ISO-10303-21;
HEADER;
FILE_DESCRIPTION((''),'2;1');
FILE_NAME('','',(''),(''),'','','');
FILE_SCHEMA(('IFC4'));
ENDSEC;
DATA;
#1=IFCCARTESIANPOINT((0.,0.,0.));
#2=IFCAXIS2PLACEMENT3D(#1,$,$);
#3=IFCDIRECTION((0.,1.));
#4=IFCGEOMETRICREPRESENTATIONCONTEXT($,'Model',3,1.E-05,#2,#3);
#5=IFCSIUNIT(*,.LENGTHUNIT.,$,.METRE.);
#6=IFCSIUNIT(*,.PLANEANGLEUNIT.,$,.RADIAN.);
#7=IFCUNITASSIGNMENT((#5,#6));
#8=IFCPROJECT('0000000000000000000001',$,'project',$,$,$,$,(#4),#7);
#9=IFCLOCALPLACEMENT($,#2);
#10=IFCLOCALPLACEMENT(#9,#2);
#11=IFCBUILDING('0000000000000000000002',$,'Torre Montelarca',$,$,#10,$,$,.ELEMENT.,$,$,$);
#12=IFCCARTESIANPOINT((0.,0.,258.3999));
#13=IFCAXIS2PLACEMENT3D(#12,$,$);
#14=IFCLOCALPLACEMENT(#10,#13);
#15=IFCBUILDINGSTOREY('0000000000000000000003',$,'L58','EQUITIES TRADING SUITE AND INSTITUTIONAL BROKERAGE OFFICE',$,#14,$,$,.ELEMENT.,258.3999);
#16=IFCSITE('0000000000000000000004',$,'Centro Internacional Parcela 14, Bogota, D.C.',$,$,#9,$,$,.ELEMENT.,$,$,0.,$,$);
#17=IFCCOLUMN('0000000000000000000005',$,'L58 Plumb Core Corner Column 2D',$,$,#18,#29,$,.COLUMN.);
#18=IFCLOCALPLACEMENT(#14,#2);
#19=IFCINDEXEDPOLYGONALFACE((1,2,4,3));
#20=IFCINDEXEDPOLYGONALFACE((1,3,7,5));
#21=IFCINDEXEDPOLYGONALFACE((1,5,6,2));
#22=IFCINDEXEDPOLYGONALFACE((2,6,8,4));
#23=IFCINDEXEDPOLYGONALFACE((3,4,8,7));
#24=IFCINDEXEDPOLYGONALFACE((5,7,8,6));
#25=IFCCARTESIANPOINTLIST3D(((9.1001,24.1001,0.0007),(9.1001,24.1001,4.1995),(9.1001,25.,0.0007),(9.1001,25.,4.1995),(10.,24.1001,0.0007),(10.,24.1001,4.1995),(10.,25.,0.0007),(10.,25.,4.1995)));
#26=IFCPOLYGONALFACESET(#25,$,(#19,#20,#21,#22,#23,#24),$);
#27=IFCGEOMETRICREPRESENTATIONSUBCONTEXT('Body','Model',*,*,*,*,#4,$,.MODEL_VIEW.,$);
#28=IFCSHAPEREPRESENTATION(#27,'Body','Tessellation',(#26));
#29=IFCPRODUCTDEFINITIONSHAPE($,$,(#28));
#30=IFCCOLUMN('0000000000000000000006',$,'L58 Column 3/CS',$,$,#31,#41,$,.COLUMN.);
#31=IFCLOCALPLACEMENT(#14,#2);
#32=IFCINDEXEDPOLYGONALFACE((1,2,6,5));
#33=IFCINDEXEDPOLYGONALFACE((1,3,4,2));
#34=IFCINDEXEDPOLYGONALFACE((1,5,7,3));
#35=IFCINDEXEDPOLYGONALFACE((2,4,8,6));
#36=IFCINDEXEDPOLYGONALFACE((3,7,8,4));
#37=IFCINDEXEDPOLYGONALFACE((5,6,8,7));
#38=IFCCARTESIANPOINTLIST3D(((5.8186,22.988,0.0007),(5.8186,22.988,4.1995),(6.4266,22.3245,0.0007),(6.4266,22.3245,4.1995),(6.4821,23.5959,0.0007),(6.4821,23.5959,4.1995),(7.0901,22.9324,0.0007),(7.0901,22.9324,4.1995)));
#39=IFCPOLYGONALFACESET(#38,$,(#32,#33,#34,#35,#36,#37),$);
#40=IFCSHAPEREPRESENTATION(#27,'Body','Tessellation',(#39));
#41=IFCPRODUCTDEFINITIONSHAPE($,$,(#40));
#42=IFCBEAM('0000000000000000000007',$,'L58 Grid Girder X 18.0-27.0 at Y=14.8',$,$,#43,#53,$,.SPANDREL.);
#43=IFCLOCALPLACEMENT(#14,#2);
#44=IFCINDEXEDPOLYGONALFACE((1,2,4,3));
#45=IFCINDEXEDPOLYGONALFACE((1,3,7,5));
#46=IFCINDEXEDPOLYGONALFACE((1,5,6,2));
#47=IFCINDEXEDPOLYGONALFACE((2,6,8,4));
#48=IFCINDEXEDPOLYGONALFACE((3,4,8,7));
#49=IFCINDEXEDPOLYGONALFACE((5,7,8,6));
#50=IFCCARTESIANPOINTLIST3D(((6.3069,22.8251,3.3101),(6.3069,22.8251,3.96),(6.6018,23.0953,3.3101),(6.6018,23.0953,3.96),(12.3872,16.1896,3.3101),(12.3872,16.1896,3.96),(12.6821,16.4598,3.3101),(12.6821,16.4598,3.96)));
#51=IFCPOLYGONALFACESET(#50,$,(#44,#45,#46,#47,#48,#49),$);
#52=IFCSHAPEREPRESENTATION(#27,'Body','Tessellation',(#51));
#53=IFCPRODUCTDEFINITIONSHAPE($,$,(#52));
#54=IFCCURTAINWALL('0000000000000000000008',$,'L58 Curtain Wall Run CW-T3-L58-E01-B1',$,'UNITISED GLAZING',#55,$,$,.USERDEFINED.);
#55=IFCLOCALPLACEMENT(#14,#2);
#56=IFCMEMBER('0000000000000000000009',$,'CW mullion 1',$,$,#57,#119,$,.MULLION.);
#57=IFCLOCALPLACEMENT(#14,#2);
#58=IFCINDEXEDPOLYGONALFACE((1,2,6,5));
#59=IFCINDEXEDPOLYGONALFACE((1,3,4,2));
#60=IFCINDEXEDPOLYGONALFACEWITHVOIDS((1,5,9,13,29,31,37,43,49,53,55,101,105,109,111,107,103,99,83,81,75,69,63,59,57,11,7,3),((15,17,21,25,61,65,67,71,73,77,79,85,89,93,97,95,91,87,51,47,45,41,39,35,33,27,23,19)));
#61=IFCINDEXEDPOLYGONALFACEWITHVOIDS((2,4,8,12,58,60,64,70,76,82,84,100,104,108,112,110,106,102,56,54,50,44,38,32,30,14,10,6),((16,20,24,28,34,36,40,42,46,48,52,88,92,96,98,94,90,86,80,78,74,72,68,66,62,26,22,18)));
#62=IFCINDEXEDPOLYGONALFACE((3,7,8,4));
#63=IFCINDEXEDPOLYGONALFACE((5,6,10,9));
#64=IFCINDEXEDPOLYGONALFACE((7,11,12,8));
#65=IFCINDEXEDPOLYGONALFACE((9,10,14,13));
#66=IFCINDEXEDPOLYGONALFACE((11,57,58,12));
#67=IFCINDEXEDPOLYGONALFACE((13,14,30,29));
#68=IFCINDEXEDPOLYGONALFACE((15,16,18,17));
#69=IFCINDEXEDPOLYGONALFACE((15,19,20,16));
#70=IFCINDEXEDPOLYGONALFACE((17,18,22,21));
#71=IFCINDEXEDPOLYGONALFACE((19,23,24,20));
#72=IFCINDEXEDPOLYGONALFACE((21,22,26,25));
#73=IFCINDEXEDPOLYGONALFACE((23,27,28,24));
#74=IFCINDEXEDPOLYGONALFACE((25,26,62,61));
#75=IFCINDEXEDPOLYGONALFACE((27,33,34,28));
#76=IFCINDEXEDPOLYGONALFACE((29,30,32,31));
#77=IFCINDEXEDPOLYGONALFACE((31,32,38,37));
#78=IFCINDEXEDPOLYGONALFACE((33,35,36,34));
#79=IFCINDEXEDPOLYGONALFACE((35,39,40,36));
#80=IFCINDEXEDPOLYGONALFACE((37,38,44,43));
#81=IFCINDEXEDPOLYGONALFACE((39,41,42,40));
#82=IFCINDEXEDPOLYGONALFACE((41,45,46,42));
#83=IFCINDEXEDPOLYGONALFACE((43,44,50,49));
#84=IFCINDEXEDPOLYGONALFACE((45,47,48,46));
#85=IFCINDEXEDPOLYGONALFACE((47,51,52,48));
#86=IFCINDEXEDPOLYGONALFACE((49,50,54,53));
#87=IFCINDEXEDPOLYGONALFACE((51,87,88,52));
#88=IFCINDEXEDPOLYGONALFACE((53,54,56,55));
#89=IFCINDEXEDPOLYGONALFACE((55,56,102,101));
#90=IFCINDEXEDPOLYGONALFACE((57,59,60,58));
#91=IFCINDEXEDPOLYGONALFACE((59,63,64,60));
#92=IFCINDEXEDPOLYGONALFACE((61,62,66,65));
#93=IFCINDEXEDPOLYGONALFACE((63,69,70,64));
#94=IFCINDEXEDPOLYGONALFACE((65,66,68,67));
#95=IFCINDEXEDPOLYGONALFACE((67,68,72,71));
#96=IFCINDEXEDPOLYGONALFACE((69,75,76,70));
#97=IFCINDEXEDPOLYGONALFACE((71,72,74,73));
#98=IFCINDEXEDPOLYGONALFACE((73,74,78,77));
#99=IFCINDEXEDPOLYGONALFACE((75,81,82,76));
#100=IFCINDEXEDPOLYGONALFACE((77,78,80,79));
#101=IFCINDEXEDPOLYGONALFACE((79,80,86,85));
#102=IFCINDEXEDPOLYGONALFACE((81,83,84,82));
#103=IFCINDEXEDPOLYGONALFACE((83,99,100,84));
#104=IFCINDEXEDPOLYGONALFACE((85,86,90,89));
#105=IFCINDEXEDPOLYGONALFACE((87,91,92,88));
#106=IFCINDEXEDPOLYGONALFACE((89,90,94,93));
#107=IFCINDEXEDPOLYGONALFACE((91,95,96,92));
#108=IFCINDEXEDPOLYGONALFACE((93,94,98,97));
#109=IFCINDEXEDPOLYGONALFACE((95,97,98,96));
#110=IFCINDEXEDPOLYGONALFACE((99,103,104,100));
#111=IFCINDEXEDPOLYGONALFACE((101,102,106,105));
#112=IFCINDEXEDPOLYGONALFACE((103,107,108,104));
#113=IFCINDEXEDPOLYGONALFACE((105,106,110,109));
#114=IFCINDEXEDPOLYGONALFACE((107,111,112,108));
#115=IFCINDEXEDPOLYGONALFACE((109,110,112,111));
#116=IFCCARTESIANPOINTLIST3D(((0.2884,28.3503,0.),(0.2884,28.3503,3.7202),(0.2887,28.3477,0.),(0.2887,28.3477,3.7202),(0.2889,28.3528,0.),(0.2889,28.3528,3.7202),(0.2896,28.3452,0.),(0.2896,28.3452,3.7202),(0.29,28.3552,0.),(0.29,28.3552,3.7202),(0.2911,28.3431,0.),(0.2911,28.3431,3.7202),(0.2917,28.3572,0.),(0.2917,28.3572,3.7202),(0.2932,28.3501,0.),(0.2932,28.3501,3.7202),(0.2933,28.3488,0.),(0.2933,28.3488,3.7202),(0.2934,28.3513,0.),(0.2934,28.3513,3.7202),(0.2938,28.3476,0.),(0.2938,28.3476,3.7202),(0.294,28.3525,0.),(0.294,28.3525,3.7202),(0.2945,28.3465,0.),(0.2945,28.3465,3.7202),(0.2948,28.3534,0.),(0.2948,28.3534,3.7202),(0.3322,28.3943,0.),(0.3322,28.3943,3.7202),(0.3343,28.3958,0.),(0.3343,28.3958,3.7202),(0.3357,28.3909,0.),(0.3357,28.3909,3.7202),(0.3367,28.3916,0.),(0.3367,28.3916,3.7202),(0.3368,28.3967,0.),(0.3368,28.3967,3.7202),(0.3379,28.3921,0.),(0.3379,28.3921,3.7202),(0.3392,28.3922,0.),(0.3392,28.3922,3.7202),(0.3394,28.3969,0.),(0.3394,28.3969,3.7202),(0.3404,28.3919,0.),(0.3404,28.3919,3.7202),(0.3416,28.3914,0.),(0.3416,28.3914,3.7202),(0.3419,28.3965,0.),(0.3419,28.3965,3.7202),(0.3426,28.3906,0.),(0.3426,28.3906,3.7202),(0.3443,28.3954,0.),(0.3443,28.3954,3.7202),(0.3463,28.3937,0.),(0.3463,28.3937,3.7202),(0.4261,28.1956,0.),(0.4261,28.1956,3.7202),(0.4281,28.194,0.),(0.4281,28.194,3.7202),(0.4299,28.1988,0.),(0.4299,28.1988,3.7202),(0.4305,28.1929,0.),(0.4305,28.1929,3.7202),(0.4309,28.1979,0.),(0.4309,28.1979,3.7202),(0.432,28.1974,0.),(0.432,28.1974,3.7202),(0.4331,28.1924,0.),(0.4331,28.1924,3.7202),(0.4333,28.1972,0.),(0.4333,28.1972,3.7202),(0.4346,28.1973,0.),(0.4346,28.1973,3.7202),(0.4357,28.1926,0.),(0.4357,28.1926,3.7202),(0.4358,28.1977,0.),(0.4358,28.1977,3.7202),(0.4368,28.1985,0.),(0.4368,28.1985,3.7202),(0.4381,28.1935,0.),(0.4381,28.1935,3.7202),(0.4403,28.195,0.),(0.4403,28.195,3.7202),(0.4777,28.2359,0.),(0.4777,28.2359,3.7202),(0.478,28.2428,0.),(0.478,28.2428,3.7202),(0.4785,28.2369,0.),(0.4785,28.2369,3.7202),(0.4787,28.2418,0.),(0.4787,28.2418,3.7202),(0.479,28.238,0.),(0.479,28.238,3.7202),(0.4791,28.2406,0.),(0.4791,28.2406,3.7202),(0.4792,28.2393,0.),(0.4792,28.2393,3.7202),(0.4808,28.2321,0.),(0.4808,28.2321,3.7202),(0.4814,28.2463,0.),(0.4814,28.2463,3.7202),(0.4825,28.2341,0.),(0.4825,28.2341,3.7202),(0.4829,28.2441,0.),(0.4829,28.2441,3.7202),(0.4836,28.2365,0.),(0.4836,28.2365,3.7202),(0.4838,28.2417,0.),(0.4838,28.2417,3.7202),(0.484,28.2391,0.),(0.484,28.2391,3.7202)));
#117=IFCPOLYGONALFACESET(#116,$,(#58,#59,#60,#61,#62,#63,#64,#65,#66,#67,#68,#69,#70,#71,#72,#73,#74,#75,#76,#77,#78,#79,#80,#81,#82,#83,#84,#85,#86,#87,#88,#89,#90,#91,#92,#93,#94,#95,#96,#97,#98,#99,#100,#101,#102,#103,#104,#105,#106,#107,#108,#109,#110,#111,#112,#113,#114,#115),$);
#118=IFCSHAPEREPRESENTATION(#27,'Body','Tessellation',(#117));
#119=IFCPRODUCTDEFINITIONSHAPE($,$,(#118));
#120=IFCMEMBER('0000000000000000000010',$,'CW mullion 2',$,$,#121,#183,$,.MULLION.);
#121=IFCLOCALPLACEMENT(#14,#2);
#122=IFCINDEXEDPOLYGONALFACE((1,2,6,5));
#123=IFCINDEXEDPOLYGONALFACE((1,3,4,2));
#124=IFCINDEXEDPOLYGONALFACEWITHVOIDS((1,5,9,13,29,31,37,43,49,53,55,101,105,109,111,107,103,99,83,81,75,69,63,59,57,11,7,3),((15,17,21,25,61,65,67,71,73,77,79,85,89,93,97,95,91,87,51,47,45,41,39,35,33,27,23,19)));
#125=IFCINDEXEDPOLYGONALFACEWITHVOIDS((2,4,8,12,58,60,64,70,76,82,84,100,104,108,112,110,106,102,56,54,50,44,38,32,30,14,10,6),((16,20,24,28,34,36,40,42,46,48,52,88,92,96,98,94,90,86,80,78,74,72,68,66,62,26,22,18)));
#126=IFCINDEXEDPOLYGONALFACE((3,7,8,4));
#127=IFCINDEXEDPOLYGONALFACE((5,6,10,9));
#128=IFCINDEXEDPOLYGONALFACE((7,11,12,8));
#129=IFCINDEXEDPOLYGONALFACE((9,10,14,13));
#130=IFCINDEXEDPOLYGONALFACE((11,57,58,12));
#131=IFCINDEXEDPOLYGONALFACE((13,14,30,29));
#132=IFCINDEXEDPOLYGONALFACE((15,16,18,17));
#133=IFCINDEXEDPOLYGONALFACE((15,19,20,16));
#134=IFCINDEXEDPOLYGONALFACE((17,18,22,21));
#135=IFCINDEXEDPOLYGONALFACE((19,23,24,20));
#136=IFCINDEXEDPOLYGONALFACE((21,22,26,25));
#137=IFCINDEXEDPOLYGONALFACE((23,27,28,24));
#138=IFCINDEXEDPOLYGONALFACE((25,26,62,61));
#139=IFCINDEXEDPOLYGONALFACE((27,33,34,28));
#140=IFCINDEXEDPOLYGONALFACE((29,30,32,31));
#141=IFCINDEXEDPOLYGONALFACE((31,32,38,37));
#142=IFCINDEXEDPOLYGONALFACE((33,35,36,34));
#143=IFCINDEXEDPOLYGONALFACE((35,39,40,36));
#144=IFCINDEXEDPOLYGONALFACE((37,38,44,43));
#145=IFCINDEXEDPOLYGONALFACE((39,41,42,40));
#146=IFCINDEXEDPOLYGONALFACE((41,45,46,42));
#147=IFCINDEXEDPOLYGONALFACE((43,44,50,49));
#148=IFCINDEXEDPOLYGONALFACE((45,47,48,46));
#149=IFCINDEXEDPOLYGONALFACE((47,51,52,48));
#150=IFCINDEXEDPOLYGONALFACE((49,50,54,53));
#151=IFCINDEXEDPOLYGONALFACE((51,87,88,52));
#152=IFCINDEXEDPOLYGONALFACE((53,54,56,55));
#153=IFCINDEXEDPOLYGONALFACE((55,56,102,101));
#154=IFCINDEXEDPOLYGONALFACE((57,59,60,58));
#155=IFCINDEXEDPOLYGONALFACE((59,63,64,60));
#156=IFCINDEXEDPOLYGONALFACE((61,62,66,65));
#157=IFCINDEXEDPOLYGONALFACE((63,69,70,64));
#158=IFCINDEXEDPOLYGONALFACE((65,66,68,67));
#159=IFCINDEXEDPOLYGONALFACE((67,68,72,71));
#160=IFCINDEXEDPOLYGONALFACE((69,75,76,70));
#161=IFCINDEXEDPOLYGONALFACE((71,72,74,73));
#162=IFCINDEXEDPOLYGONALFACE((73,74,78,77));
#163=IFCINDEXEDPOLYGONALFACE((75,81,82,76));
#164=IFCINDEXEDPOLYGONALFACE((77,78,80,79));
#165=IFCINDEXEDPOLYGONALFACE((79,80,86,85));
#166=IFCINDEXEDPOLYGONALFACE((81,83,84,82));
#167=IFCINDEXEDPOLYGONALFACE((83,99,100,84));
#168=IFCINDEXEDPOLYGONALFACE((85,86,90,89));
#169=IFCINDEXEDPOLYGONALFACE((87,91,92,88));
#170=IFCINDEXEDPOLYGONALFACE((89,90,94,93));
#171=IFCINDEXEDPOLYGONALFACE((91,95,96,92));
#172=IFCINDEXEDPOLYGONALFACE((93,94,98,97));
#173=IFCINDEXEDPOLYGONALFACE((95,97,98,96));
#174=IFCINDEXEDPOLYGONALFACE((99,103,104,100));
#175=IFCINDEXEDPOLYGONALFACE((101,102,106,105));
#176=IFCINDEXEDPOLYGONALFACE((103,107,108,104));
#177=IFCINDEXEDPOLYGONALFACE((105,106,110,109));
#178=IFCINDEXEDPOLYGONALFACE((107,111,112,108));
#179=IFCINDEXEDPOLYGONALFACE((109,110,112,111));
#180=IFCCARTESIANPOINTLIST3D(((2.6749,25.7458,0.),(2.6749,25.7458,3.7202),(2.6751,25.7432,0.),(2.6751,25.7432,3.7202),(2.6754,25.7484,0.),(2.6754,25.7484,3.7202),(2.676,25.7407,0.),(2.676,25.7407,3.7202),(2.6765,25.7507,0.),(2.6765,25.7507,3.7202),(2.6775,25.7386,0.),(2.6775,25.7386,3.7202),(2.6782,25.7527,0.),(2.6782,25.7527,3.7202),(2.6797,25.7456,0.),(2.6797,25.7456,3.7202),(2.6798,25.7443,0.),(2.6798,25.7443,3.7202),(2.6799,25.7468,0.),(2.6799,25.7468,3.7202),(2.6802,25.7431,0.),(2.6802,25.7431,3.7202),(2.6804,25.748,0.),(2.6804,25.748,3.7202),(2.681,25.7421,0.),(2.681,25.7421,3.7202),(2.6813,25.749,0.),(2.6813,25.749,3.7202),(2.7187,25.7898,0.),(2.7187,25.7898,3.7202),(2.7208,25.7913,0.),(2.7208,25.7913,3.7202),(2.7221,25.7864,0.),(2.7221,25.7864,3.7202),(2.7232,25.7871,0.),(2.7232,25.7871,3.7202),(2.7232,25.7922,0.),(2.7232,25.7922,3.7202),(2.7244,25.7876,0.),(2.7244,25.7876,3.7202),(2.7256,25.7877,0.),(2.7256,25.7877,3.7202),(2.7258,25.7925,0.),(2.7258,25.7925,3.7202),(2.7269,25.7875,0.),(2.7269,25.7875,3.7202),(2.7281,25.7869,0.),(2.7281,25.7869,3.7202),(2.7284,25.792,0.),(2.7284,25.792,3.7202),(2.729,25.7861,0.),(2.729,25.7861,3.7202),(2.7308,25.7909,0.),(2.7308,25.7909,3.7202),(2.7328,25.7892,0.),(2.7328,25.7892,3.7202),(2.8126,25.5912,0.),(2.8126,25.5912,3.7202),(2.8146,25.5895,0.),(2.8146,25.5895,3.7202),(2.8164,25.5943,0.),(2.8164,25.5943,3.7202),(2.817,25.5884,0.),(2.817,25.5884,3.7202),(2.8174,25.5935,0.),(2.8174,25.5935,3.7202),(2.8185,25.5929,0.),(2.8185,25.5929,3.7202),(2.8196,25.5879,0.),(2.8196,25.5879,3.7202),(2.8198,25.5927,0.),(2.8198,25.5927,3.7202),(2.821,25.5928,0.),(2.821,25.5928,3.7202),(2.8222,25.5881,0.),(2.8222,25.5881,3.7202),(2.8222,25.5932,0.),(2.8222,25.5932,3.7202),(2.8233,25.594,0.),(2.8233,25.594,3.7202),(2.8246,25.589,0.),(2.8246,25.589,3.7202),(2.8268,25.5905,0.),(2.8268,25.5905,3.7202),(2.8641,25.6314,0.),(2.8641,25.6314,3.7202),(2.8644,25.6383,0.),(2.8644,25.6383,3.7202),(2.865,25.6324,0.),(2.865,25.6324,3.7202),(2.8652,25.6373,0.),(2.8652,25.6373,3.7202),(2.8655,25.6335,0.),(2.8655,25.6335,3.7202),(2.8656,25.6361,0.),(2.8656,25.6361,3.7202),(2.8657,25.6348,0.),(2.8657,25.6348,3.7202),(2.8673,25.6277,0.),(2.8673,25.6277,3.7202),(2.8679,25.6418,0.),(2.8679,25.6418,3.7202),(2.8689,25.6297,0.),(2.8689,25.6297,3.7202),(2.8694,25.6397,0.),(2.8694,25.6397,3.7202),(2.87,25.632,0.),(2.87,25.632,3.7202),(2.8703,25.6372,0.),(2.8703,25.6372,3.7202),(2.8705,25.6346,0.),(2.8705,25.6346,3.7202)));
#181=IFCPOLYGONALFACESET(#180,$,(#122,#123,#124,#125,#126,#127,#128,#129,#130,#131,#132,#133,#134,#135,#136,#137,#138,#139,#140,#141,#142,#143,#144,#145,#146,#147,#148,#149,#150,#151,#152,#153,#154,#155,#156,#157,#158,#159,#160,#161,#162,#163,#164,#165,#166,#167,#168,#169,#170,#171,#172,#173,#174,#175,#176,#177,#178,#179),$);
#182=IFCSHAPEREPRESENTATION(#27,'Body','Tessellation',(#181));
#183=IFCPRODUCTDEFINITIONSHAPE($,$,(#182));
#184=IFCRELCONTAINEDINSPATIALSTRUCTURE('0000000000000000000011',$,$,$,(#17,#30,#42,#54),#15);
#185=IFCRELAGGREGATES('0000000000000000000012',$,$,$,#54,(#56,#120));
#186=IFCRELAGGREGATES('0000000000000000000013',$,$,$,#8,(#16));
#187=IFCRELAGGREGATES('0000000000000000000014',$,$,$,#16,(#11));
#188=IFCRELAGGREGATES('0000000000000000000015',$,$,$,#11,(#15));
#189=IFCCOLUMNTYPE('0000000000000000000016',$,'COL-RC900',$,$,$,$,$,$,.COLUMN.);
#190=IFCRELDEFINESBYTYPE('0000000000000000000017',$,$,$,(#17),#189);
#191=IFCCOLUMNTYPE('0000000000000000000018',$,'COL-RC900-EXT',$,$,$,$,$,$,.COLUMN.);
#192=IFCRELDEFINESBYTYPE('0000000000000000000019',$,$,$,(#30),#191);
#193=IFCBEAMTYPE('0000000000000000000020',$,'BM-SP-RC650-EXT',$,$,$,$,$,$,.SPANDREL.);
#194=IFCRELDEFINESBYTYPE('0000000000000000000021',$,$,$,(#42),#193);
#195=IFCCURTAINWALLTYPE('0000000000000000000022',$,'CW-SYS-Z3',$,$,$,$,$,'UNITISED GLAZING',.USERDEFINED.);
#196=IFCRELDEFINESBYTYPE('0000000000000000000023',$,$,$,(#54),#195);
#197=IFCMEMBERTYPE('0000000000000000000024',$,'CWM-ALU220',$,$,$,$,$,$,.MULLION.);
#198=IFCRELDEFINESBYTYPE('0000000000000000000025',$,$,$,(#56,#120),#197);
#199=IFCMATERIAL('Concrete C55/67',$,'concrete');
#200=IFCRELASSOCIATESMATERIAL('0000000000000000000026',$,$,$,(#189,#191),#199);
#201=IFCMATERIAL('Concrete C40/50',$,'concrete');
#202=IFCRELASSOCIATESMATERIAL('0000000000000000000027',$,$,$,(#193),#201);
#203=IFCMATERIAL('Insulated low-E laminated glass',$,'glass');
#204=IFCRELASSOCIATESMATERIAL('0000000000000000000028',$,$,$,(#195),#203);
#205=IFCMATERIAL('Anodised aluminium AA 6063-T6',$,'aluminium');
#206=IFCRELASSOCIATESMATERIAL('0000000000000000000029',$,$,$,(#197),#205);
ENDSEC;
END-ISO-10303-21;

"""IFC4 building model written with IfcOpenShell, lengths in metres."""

from ifc_helpers import new_model, si_unit, direction, frame, origin, origin_2d, place, context, subcontext, project, spatial, rectangle, hollow_rectangle, extrude, source, transform, mapped, material, material_profile, profile_set, type_object, element, aggregate, save


model = new_model("IFC4")

# Units and contexts
model_context = context("Model", 3, precision=1e-05, world=origin(), true_north=direction((0.0, 1.0)))
body_context = subcontext(model_context, "Body", "Model", "MODEL_VIEW")
ifc_project = project(units=[si_unit("LENGTHUNIT", "METRE"), si_unit("PLANEANGLEUNIT", "RADIAN")], contexts=[model_context])

# Site, building, storey
site_placement = place(None, origin())
site = spatial("IfcSite", under=ifc_project, at=site_placement, Name="Centro Internacional Parcela 14, Bogota, D.C.", CompositionType="ELEMENT", RefElevation=0.0)
building_placement = place(site_placement, origin())
building = spatial("IfcBuilding", under=site, at=building_placement, Name="Torre Montelarca", CompositionType="ELEMENT")
storey_placement = place(building_placement, frame((0.0, 0.0, 258.3999)))
storey = spatial("IfcBuildingStorey", under=building, at=storey_placement, Name="L58", Description="EQUITIES TRADING SUITE AND INSTITUTIONAL BROKERAGE OFFICE", CompositionType="ELEMENT", Elevation=258.3999)

# Columns
ifc_material_1 = material(Name="Concrete C55/67", Category="concrete")
ifc_material_profile_1 = material_profile(ifc_material_1, rectangle(XDim=0.8999, YDim=0.8999, at=origin_2d()), Name="RC900X900", Category="concrete")
ifc_profile_set_1 = profile_set([ifc_material_profile_1], Name="Concrete C55/67")
column_type_1 = type_object("IfcColumnType", Name="COL-RC900", PredefinedType="COLUMN", material=ifc_profile_set_1)
shared_shape_1 = source(origin(), body_context, "Body", "SweptSolid", [
    extrude(rectangle(XDim=0.8999, YDim=0.8999, at=origin_2d()), origin(), (0.0, 0.0, 1.0), 4.1987),
])
column_1_placement = place(storey_placement, frame((9.55, 24.55, 0.0007), z_axis=(0.0, 0.0, 1.0), x_axis=(1.0, 0.0, 0.0)))
element("IfcColumn", 1, at=column_1_placement, inside=storey, type_object=column_type_1, Name="L58 Plumb Core Corner Column 2D", PredefinedType="COLUMN", context=body_context, shape_type="MappedRepresentation", body=[
    mapped(shared_shape_1, transform((0.0, 0.0, 0.0), scale=1.0)),
])
ifc_material_profile_2 = material_profile(ifc_material_1, rectangle(XDim=0.8999, YDim=0.8999, at=origin_2d()), Name="RC900X900", Category="concrete")
ifc_profile_set_2 = profile_set([ifc_material_profile_2], Name="Concrete C55/67")
column_type_2 = type_object("IfcColumnType", Name="COL-RC900-EXT", PredefinedType="COLUMN", material=ifc_profile_set_2)
shared_shape_2 = source(origin(), body_context, "Body", "SweptSolid", [
    extrude(rectangle(XDim=0.8999, YDim=0.8999, at=origin_2d()), origin(), (0.0, 0.0, 1.0), 4.1987),
])
column_2_placement = place(storey_placement, frame((6.4543, 22.9602, 0.0007), z_axis=(0.0, 0.0, 1.0), x_axis=(-0.67559, 0.737277, 0.0)))
element("IfcColumn", 2, at=column_2_placement, inside=storey, type_object=column_type_2, Name="L58 Column 3/CS", PredefinedType="COLUMN", context=body_context, shape_type="MappedRepresentation", body=[
    mapped(shared_shape_2, transform((0.0, 0.0, 0.0), scale=1.0)),
])

# Beam
ifc_material_2 = material(Name="Concrete C40/50", Category="concrete")
ifc_material_profile_3 = material_profile(ifc_material_2, rectangle(XDim=0.3999, YDim=0.6499, at=origin_2d()), Name="RCB400X650", Category="concrete")
ifc_profile_set_3 = profile_set([ifc_material_profile_3], Name="Concrete C40/50")
beam_type = type_object("IfcBeamType", Name="BM-SP-RC650-EXT", PredefinedType="SPANDREL", material=ifc_profile_set_3)
shared_shape_3 = source(origin(), body_context, "Body", "SweptSolid", [
    extrude(rectangle(XDim=0.3999, YDim=0.6499, at=origin_2d()), origin(), (0.0, 0.0, 1.0), 9.0),
])
beam_placement = place(storey_placement, frame((6.4543, 22.9602, 3.635), z_axis=(0.675591, -0.737277, 0.0), x_axis=(0.737277, 0.675591, 0.0)))
element("IfcBeam", 3, at=beam_placement, inside=storey, type_object=beam_type, Name="L58 Grid Girder X 18.0-27.0 at Y=14.8", PredefinedType="SPANDREL", context=body_context, shape_type="MappedRepresentation", body=[
    mapped(shared_shape_3, transform((0.0, 0.0, 0.0), scale=1.0)),
])

# Curtain wall, members
ifc_material_3 = material(Name="Insulated low-E laminated glass", Category="glass")
curtain_wall_type = type_object("IfcCurtainWallType", Name="CW-SYS-Z3", ElementType="UNITISED GLAZING", PredefinedType="USERDEFINED", material=ifc_material_3)
curtain_wall_1_placement = place(storey_placement, origin())
curtain_wall_1 = element("IfcCurtainWall", 4, at=curtain_wall_1_placement, inside=storey, type_object=curtain_wall_type, Name="L58 Curtain Wall Run CW-T3-L58-E01-B1", ObjectType="UNITISED GLAZING", PredefinedType="USERDEFINED")
ifc_material_4 = material(Name="Anodised aluminium AA 6063-T6", Category="aluminium")
ifc_material_profile_4 = material_profile(ifc_material_4, hollow_rectangle(XDim=0.075, YDim=0.22, WallThickness=0.0049, InnerFilletRadius=0.0049, OuterFilletRadius=0.01, at=origin_2d()), Name="ALU75X220X5", Category="aluminium")
ifc_profile_set_4 = profile_set([ifc_material_profile_4], Name="Anodised aluminium AA 6063-T6")
member_type_1 = type_object("IfcMemberType", Name="CWM-ALU220", PredefinedType="MULLION", material=ifc_profile_set_4)
shared_shape_4 = source(origin(), body_context, "Body", "SweptSolid", [
    extrude(hollow_rectangle(XDim=0.075, YDim=0.22, WallThickness=0.0049, InnerFilletRadius=0.0049, OuterFilletRadius=0.01, at=origin_2d()), origin(), (0.0, 0.0, 1.0), 3.7202),
])
member_1_placement = place(storey_placement, frame((0.3862, 28.2947, 0.0), z_axis=(0.0, 0.0, 1.0), x_axis=(0.737281, 0.675586, 0.0)))
member_1 = element("IfcMember", 5, at=member_1_placement, type_object=member_type_1, Name="CW mullion 1", PredefinedType="MULLION", context=body_context, shape_type="MappedRepresentation", body=[
    mapped(shared_shape_4, transform((0.0, 0.0, 0.0), scale=1.0)),
])
member_2_placement = place(storey_placement, frame((2.7727, 25.6902, 0.0), z_axis=(0.0, 0.0, 1.0), x_axis=(0.737281, 0.675586, 0.0)))
member_2 = element("IfcMember", 6, at=member_2_placement, type_object=member_type_1, Name="CW mullion 2", PredefinedType="MULLION", context=body_context, shape_type="MappedRepresentation", body=[
    mapped(shared_shape_4, transform((0.0, 0.0, 0.0), scale=1.0)),
])

aggregate(curtain_wall_1, [member_1, member_2])

save(model, "model.ifc")
